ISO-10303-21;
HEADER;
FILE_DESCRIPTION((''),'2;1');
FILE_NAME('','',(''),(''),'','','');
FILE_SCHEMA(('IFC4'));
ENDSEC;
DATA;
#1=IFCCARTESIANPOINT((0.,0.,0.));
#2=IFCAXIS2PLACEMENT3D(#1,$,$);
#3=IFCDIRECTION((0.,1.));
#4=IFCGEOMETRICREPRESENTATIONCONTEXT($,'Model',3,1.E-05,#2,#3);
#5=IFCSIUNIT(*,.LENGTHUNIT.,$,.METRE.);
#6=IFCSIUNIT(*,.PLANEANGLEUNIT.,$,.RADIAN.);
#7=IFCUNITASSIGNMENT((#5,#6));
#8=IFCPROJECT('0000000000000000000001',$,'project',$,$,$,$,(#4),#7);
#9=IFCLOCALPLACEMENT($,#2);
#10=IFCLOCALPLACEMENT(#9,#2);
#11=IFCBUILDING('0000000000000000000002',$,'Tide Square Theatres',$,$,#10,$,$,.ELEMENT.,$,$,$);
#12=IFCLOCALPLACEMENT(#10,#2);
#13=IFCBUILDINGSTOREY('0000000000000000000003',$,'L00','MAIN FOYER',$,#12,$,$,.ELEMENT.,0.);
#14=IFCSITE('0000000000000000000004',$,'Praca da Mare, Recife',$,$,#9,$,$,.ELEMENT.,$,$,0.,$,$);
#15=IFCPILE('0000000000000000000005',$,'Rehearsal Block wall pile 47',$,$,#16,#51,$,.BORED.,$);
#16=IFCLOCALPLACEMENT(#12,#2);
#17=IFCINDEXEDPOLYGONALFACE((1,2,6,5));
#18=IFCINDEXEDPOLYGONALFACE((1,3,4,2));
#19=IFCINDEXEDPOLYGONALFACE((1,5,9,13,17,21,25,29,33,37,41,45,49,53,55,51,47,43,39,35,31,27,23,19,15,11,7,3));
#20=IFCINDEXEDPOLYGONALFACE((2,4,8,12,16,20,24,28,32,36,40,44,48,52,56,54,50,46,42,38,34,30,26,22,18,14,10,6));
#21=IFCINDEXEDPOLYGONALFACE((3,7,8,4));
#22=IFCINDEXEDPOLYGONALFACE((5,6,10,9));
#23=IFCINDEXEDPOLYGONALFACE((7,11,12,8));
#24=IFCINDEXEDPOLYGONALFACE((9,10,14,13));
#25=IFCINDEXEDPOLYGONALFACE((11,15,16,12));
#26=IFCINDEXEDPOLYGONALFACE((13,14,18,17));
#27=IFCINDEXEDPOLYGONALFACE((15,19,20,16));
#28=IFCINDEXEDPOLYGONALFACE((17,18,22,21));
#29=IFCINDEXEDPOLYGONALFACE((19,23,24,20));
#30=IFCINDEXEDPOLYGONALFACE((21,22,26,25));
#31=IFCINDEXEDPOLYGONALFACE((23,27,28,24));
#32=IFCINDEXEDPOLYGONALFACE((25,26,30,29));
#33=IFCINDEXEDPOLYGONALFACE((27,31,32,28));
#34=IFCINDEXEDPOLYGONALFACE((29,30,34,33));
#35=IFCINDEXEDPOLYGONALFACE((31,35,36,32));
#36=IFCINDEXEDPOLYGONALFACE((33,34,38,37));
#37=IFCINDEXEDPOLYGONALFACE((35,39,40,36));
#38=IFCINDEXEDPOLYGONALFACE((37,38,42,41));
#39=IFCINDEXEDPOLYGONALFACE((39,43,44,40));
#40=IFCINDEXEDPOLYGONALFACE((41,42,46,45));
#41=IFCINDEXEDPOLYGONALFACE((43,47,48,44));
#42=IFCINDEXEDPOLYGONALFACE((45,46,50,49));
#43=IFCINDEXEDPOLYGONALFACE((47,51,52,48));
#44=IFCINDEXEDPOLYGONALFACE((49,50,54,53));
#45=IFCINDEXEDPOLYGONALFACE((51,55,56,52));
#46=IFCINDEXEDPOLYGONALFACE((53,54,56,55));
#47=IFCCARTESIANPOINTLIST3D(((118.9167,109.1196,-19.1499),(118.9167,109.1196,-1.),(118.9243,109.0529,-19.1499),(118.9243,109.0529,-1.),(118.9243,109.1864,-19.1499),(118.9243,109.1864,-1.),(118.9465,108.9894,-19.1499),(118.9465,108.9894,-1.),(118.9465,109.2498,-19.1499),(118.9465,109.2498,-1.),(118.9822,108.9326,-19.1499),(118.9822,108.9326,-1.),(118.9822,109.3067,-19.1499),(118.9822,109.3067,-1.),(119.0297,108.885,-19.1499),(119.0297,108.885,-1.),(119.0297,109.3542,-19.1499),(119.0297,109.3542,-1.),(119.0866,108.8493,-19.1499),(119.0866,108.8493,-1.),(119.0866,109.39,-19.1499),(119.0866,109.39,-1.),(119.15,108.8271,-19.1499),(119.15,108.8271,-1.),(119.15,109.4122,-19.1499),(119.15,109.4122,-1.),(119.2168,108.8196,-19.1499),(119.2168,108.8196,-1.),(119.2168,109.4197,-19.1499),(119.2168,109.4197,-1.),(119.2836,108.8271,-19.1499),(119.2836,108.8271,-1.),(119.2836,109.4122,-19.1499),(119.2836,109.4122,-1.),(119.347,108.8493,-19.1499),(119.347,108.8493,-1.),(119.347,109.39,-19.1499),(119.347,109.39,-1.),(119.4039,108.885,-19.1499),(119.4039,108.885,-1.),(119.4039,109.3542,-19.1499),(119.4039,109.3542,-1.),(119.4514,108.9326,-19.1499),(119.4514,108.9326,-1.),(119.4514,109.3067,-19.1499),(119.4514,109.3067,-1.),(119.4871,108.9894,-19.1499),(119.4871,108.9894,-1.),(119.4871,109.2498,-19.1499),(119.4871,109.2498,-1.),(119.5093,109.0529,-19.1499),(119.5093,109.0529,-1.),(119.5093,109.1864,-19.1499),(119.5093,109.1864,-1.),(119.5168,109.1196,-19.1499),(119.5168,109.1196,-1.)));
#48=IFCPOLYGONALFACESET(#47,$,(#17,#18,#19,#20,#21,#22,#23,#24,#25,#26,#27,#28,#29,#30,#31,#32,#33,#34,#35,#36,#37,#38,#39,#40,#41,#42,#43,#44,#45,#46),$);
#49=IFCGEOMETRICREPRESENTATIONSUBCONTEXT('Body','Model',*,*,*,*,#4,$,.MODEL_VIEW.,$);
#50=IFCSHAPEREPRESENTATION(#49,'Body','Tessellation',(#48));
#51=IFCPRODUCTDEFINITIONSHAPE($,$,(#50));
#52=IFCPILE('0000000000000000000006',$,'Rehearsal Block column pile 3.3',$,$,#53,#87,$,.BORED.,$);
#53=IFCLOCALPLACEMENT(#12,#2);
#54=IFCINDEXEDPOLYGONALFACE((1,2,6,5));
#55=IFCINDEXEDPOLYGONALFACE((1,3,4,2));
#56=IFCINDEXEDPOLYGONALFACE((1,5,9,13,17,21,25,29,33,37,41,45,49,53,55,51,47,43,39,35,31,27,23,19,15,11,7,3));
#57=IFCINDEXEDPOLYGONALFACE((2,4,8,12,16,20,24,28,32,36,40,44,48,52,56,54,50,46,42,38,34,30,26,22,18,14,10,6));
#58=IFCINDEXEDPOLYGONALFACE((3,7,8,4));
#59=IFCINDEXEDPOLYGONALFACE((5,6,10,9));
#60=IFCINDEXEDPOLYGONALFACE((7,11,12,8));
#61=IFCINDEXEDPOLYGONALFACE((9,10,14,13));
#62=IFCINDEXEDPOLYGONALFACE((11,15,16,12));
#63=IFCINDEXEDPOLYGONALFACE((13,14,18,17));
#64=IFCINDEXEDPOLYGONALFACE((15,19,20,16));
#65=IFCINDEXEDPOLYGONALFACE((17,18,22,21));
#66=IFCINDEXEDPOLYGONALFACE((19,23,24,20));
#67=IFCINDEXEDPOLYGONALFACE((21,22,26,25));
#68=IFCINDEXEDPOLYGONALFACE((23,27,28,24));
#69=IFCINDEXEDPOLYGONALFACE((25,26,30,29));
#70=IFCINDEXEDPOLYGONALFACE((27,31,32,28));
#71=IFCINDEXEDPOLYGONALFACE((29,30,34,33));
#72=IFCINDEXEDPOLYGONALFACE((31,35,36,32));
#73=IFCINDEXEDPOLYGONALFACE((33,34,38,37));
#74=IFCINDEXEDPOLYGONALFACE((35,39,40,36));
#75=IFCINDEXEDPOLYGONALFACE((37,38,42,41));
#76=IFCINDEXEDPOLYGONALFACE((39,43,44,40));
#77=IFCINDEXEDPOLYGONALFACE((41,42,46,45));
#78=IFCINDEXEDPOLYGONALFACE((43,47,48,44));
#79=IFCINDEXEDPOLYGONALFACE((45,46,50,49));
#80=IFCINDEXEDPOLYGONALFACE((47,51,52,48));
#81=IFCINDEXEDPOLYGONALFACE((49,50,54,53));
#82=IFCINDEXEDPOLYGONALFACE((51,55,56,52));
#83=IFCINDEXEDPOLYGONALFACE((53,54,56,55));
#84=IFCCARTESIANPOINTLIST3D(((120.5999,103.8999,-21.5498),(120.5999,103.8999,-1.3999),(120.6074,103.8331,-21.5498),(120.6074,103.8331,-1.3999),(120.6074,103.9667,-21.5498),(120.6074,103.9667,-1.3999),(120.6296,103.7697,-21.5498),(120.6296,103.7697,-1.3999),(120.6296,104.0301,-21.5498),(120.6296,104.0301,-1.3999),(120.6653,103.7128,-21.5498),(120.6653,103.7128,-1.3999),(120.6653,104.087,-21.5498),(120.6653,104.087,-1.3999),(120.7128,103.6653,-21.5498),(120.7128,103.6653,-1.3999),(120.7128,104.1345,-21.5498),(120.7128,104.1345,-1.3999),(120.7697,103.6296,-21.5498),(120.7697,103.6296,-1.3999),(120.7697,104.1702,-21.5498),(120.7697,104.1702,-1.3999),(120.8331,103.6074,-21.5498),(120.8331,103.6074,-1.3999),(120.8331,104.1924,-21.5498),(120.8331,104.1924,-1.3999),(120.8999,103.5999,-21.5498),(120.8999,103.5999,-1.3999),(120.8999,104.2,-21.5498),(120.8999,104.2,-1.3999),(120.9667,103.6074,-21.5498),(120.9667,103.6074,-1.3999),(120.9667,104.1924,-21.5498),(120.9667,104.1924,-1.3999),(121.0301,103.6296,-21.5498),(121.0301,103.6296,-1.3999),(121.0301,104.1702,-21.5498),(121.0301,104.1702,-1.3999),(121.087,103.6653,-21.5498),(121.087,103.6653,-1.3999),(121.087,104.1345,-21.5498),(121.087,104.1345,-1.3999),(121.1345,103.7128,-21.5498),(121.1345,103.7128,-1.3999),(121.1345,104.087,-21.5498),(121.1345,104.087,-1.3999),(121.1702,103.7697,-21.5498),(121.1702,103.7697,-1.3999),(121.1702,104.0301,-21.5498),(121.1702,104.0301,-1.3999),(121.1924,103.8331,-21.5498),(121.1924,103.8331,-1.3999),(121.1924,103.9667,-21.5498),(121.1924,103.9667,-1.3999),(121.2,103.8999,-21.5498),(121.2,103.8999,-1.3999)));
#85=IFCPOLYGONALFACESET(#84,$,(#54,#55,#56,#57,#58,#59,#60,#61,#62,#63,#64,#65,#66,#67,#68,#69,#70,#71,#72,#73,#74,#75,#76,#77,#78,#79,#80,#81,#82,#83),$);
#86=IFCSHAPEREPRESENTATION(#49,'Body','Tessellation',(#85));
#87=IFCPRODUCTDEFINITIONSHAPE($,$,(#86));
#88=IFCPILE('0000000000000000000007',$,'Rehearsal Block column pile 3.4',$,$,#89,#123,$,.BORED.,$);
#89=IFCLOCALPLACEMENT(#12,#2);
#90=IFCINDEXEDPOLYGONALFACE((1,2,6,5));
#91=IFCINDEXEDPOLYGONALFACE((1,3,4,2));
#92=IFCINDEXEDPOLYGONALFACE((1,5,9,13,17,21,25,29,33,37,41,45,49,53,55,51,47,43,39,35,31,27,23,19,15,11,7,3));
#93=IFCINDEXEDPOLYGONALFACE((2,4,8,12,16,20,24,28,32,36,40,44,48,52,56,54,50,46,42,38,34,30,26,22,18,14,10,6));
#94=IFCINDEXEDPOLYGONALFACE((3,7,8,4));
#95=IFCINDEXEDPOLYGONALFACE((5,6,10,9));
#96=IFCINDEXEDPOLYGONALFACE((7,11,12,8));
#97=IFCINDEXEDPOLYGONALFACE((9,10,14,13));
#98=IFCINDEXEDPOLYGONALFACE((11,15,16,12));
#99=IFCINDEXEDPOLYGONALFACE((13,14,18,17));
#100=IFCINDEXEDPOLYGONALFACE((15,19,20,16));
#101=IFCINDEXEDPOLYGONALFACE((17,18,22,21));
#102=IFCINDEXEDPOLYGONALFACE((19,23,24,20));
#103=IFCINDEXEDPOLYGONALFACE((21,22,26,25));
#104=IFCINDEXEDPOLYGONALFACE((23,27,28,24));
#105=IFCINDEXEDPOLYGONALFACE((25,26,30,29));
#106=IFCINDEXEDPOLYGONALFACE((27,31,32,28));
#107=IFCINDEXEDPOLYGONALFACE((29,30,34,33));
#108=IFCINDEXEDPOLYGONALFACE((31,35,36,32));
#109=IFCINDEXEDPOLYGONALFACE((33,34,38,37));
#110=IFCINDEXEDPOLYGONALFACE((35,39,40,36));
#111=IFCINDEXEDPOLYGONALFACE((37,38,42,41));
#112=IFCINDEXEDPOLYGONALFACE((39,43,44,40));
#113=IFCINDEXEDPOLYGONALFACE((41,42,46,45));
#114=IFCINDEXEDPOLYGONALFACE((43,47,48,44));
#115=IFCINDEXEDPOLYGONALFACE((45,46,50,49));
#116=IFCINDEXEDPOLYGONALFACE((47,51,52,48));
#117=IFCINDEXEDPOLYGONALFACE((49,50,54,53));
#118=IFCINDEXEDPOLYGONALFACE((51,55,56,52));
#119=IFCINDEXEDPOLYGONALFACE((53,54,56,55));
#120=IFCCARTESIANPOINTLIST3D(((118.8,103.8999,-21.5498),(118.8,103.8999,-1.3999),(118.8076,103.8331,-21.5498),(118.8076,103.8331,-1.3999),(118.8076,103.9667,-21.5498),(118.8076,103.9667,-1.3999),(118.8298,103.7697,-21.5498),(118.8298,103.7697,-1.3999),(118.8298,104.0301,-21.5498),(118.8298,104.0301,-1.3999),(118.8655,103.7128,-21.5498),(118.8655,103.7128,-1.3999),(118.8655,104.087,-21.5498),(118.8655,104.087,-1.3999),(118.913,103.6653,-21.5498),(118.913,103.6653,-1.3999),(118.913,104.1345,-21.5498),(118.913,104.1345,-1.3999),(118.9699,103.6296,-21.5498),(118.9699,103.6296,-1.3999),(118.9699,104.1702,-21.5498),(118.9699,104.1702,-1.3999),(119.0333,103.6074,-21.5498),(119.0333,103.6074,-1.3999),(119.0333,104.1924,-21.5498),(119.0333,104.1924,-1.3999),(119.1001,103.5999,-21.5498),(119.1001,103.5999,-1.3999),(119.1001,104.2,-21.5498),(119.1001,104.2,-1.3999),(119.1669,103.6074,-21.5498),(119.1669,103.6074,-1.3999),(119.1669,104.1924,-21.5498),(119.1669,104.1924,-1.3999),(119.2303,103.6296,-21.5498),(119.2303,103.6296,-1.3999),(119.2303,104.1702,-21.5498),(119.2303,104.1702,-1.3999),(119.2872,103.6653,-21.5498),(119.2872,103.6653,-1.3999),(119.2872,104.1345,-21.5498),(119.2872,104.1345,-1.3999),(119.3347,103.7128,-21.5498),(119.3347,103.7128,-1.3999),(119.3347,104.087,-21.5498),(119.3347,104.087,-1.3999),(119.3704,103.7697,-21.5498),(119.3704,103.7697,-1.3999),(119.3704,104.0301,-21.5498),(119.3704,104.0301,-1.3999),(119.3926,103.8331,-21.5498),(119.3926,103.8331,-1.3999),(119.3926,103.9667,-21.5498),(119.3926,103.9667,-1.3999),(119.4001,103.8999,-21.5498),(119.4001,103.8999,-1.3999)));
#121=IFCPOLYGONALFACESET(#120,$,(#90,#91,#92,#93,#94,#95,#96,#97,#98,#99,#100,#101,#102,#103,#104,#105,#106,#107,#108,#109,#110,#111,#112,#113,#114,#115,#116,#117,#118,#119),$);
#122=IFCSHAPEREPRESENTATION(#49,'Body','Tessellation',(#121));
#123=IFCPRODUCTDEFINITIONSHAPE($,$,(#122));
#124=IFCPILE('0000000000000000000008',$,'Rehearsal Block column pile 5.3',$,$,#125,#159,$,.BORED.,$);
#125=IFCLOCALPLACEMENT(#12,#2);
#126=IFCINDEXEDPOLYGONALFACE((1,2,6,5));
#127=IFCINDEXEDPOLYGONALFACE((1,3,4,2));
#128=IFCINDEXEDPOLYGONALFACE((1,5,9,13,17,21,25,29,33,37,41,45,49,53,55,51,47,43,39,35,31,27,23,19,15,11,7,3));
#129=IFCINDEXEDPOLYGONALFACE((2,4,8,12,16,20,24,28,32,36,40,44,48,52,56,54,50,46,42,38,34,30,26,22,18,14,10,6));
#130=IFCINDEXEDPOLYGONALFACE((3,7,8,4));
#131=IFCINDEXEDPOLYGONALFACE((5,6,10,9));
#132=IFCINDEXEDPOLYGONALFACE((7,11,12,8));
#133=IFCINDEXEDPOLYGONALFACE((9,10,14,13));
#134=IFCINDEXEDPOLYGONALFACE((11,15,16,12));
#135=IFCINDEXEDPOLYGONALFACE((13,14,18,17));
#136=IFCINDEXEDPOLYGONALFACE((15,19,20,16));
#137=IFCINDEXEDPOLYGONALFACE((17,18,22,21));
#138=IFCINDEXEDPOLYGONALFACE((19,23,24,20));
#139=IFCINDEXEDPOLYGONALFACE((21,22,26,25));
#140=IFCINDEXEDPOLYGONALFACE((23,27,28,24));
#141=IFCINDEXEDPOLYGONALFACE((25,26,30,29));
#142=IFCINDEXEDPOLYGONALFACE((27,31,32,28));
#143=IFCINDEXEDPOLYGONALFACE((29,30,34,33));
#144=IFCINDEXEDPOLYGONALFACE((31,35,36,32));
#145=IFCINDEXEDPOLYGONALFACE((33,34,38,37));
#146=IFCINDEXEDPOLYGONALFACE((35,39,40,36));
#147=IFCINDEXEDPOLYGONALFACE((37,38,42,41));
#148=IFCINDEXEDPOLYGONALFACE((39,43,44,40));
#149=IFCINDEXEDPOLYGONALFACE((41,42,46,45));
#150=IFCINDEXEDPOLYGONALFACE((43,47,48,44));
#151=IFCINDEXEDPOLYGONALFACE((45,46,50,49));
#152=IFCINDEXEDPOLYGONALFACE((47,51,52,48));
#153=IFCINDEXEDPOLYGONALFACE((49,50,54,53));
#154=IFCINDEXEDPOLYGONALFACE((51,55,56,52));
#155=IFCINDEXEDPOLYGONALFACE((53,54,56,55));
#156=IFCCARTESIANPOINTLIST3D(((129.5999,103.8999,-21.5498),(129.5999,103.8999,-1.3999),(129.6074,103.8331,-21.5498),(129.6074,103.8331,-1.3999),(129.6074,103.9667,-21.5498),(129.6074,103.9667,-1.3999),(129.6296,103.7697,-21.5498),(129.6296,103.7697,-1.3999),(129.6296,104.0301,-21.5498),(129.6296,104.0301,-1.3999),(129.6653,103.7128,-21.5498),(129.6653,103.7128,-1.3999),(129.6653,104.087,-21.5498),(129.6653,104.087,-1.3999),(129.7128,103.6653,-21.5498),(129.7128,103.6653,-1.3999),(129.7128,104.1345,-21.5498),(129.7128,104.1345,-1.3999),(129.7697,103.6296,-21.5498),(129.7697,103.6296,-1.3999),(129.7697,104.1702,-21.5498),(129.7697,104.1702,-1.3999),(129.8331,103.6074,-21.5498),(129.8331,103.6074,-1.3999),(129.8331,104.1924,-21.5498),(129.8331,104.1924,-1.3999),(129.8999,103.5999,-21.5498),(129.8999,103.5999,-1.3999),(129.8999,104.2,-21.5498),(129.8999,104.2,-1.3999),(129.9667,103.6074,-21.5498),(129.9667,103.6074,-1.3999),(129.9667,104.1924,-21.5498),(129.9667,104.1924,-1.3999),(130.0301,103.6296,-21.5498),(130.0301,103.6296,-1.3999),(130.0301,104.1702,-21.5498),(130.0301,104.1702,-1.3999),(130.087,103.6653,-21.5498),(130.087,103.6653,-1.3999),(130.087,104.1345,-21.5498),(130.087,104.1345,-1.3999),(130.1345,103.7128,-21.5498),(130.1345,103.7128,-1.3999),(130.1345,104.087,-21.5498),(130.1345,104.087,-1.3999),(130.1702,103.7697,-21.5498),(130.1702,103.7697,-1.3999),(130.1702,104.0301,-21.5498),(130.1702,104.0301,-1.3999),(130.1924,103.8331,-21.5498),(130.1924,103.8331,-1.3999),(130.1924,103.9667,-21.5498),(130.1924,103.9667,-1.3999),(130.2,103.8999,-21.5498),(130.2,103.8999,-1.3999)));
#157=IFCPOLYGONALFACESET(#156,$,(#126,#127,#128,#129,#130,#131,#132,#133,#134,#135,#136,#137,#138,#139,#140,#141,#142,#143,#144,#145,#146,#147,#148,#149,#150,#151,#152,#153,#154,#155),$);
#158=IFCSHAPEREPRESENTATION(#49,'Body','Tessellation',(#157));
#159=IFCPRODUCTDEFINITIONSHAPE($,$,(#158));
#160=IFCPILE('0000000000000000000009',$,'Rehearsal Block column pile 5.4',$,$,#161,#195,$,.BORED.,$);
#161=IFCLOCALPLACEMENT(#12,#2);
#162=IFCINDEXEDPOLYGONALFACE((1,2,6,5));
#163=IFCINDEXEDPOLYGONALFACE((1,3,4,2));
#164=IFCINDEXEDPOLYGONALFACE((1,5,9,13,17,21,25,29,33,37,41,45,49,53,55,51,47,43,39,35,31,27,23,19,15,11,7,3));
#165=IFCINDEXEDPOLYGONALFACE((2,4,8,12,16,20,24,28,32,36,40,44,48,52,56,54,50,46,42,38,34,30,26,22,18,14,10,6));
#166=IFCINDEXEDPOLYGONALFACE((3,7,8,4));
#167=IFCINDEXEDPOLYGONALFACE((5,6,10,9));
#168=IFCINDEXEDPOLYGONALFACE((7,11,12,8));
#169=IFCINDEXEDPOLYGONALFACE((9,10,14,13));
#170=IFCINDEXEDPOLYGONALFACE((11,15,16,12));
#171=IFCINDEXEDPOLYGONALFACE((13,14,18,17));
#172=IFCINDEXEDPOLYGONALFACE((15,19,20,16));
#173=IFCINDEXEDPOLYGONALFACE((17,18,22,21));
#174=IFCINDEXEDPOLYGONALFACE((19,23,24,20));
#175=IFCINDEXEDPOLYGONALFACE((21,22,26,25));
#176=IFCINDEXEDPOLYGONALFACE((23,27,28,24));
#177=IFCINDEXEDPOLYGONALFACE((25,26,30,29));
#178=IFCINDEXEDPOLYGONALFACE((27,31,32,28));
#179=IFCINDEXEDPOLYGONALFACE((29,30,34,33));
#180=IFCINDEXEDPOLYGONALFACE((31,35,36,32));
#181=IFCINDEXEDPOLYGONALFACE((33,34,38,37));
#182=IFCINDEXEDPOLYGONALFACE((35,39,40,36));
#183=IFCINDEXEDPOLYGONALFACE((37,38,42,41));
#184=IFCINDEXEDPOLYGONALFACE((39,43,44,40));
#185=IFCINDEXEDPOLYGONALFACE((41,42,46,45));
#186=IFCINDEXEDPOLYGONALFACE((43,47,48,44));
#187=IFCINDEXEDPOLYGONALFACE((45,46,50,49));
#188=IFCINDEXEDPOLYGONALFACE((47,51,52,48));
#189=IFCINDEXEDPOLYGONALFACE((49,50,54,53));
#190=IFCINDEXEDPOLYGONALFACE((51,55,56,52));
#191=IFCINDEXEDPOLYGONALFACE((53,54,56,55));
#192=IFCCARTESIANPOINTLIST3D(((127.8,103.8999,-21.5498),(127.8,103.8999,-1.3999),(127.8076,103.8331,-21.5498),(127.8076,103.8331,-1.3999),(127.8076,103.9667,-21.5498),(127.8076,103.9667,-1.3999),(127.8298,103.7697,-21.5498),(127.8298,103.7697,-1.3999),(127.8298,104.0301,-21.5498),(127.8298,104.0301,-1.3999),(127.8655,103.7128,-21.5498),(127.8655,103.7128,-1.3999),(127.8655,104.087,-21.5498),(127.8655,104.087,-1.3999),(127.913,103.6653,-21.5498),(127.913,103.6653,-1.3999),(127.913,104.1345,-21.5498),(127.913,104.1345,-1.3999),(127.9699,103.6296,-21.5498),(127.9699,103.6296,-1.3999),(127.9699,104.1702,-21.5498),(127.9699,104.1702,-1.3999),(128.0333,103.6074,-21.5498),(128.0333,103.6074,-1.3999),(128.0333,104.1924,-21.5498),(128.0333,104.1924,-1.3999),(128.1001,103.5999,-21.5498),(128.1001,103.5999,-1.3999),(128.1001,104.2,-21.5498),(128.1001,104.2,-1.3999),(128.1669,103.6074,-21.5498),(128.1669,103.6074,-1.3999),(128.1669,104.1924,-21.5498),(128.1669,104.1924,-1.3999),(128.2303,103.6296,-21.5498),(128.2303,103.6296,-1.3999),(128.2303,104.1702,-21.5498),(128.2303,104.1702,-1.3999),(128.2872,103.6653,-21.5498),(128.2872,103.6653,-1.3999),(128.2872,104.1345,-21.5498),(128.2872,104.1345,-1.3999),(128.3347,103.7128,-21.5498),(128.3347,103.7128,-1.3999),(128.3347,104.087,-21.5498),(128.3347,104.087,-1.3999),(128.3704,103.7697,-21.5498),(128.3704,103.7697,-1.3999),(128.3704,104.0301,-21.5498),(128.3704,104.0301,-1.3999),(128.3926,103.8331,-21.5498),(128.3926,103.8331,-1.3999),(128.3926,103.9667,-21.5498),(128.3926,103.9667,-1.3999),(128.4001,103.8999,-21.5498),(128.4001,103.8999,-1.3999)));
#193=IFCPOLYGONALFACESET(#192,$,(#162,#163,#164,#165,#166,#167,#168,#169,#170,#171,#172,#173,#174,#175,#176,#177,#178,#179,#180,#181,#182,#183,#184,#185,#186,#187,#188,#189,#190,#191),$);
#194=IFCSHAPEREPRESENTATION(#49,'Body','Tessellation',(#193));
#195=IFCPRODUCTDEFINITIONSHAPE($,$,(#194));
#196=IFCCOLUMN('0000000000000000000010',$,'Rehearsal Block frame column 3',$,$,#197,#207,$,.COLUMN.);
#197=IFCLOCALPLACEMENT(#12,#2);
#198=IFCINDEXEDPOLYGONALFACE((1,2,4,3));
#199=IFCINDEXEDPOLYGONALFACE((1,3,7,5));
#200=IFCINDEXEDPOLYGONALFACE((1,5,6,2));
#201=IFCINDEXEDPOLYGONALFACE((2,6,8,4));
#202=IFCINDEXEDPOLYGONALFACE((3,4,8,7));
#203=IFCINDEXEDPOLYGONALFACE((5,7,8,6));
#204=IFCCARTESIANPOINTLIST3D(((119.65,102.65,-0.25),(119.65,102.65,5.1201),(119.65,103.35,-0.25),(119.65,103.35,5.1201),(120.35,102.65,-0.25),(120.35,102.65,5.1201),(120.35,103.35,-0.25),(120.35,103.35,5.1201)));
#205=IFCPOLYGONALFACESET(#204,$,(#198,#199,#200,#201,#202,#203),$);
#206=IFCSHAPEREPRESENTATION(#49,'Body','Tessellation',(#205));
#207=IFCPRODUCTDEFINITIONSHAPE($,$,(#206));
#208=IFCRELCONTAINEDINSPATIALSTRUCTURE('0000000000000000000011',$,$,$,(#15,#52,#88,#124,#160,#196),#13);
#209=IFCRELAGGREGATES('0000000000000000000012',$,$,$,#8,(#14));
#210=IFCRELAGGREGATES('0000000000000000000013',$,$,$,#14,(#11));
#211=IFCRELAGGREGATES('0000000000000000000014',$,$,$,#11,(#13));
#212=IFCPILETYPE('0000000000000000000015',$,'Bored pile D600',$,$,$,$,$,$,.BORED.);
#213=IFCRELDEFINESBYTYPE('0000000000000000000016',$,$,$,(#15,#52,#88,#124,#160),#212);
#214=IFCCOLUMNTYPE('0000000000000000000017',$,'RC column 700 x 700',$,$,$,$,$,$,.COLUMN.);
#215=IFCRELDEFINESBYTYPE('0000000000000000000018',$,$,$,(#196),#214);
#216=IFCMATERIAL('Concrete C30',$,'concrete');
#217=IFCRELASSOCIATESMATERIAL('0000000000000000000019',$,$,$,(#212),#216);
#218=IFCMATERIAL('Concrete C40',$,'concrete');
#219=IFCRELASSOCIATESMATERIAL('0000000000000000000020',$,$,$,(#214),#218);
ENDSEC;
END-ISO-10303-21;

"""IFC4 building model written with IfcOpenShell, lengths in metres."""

from ifc_helpers import new_model, si_unit, direction, frame, origin, origin_2d, place, context, subcontext, project, spatial, rectangle, circle, extrude, material, material_profile, profile_set, type_object, element, save


model = new_model("IFC4")

# Units and contexts
model_context = context("Model", 3, precision=1e-05, world=origin(), true_north=direction((0.0, 1.0)))
body_context = subcontext(model_context, "Body", "Model", "MODEL_VIEW")
ifc_project = project(units=[si_unit("LENGTHUNIT", "METRE"), si_unit("PLANEANGLEUNIT", "RADIAN")], contexts=[model_context])

# Site, building, storey
site_placement = place(None, origin())
site = spatial("IfcSite", under=ifc_project, at=site_placement, Name="Praca da Mare, Recife", CompositionType="ELEMENT", RefElevation=0.0)
building_placement = place(site_placement, origin())
building = spatial("IfcBuilding", under=site, at=building_placement, Name="Tide Square Theatres", CompositionType="ELEMENT")
storey_placement = place(building_placement, origin())
storey = spatial("IfcBuildingStorey", under=building, at=storey_placement, Name="L00", Description="MAIN FOYER", CompositionType="ELEMENT", Elevation=0.0)

# Piles
ifc_material_1 = material(Name="Concrete C30", Category="concrete")
ifc_material_profile_1 = material_profile(ifc_material_1, circle(Radius=0.3, at=origin_2d()))
ifc_profile_set_1 = profile_set([ifc_material_profile_1], Name="Concrete C30")
pile_type = type_object("IfcPileType", Name="Bored pile D600", PredefinedType="BORED", material=ifc_profile_set_1)
for number, where, z_axis, x_axis, name in (
    (1, (119.2168, 109.1196, -1.0), (0.0, 0.0, -1.0), (1.0, 0.0, 0.0), "Rehearsal Block wall pile 47"),
):
    element("IfcPile", number, at=place(storey_placement, frame(where, z_axis=z_axis, x_axis=x_axis)), inside=storey, type_object=pile_type, Name=name, PredefinedType="BORED", context=body_context, shape_type="SweptSolid", body=[
        extrude(circle(Radius=0.3, at=origin_2d()), origin(), (0.0, 0.0, 1.0), 18.1499),
    ])
for number, where, z_axis, x_axis, name in (
    (2, (120.8999, 103.8999, -1.3999), (0.0, 0.0, -1.0), (1.0, 0.0, 0.0), "Rehearsal Block column pile 3.3"),
    (3, (119.1001, 103.8999, -1.3999), (0.0, 0.0, -1.0), (1.0, 0.0, 0.0), "Rehearsal Block column pile 3.4"),
    (4, (129.8999, 103.8999, -1.3999), (0.0, 0.0, -1.0), (1.0, 0.0, 0.0), "Rehearsal Block column pile 5.3"),
    (5, (128.1001, 103.8999, -1.3999), (0.0, 0.0, -1.0), (1.0, 0.0, 0.0), "Rehearsal Block column pile 5.4"),
):
    element("IfcPile", number, at=place(storey_placement, frame(where, z_axis=z_axis, x_axis=x_axis)), inside=storey, type_object=pile_type, Name=name, PredefinedType="BORED", context=body_context, shape_type="SweptSolid", body=[
        extrude(circle(Radius=0.3, at=origin_2d()), origin(), (0.0, 0.0, 1.0), 20.1499),
    ])

# Column
ifc_material_2 = material(Name="Concrete C40", Category="concrete")
ifc_material_profile_2 = material_profile(ifc_material_2, rectangle(XDim=0.7, YDim=0.7, at=origin_2d()))
ifc_profile_set_2 = profile_set([ifc_material_profile_2], Name="Concrete C40")
column_type_1 = type_object("IfcColumnType", Name="RC column 700 x 700", PredefinedType="COLUMN", material=ifc_profile_set_2)
for number, where, z_axis, x_axis, name in (
    (6, (120.0, 103.0, -0.25), (0.0, 0.0, 1.0), (1.0, 0.0, 0.0), "Rehearsal Block frame column 3"),
):
    element("IfcColumn", number, at=place(storey_placement, frame(where, z_axis=z_axis, x_axis=x_axis)), inside=storey, type_object=column_type_1, Name=name, PredefinedType="COLUMN", context=body_context, shape_type="SweptSolid", body=[
        extrude(rectangle(XDim=0.7, YDim=0.7, at=origin_2d()), origin(), (0.0, 0.0, 1.0), 5.3701),
    ])

save(model, "model.ifc")
